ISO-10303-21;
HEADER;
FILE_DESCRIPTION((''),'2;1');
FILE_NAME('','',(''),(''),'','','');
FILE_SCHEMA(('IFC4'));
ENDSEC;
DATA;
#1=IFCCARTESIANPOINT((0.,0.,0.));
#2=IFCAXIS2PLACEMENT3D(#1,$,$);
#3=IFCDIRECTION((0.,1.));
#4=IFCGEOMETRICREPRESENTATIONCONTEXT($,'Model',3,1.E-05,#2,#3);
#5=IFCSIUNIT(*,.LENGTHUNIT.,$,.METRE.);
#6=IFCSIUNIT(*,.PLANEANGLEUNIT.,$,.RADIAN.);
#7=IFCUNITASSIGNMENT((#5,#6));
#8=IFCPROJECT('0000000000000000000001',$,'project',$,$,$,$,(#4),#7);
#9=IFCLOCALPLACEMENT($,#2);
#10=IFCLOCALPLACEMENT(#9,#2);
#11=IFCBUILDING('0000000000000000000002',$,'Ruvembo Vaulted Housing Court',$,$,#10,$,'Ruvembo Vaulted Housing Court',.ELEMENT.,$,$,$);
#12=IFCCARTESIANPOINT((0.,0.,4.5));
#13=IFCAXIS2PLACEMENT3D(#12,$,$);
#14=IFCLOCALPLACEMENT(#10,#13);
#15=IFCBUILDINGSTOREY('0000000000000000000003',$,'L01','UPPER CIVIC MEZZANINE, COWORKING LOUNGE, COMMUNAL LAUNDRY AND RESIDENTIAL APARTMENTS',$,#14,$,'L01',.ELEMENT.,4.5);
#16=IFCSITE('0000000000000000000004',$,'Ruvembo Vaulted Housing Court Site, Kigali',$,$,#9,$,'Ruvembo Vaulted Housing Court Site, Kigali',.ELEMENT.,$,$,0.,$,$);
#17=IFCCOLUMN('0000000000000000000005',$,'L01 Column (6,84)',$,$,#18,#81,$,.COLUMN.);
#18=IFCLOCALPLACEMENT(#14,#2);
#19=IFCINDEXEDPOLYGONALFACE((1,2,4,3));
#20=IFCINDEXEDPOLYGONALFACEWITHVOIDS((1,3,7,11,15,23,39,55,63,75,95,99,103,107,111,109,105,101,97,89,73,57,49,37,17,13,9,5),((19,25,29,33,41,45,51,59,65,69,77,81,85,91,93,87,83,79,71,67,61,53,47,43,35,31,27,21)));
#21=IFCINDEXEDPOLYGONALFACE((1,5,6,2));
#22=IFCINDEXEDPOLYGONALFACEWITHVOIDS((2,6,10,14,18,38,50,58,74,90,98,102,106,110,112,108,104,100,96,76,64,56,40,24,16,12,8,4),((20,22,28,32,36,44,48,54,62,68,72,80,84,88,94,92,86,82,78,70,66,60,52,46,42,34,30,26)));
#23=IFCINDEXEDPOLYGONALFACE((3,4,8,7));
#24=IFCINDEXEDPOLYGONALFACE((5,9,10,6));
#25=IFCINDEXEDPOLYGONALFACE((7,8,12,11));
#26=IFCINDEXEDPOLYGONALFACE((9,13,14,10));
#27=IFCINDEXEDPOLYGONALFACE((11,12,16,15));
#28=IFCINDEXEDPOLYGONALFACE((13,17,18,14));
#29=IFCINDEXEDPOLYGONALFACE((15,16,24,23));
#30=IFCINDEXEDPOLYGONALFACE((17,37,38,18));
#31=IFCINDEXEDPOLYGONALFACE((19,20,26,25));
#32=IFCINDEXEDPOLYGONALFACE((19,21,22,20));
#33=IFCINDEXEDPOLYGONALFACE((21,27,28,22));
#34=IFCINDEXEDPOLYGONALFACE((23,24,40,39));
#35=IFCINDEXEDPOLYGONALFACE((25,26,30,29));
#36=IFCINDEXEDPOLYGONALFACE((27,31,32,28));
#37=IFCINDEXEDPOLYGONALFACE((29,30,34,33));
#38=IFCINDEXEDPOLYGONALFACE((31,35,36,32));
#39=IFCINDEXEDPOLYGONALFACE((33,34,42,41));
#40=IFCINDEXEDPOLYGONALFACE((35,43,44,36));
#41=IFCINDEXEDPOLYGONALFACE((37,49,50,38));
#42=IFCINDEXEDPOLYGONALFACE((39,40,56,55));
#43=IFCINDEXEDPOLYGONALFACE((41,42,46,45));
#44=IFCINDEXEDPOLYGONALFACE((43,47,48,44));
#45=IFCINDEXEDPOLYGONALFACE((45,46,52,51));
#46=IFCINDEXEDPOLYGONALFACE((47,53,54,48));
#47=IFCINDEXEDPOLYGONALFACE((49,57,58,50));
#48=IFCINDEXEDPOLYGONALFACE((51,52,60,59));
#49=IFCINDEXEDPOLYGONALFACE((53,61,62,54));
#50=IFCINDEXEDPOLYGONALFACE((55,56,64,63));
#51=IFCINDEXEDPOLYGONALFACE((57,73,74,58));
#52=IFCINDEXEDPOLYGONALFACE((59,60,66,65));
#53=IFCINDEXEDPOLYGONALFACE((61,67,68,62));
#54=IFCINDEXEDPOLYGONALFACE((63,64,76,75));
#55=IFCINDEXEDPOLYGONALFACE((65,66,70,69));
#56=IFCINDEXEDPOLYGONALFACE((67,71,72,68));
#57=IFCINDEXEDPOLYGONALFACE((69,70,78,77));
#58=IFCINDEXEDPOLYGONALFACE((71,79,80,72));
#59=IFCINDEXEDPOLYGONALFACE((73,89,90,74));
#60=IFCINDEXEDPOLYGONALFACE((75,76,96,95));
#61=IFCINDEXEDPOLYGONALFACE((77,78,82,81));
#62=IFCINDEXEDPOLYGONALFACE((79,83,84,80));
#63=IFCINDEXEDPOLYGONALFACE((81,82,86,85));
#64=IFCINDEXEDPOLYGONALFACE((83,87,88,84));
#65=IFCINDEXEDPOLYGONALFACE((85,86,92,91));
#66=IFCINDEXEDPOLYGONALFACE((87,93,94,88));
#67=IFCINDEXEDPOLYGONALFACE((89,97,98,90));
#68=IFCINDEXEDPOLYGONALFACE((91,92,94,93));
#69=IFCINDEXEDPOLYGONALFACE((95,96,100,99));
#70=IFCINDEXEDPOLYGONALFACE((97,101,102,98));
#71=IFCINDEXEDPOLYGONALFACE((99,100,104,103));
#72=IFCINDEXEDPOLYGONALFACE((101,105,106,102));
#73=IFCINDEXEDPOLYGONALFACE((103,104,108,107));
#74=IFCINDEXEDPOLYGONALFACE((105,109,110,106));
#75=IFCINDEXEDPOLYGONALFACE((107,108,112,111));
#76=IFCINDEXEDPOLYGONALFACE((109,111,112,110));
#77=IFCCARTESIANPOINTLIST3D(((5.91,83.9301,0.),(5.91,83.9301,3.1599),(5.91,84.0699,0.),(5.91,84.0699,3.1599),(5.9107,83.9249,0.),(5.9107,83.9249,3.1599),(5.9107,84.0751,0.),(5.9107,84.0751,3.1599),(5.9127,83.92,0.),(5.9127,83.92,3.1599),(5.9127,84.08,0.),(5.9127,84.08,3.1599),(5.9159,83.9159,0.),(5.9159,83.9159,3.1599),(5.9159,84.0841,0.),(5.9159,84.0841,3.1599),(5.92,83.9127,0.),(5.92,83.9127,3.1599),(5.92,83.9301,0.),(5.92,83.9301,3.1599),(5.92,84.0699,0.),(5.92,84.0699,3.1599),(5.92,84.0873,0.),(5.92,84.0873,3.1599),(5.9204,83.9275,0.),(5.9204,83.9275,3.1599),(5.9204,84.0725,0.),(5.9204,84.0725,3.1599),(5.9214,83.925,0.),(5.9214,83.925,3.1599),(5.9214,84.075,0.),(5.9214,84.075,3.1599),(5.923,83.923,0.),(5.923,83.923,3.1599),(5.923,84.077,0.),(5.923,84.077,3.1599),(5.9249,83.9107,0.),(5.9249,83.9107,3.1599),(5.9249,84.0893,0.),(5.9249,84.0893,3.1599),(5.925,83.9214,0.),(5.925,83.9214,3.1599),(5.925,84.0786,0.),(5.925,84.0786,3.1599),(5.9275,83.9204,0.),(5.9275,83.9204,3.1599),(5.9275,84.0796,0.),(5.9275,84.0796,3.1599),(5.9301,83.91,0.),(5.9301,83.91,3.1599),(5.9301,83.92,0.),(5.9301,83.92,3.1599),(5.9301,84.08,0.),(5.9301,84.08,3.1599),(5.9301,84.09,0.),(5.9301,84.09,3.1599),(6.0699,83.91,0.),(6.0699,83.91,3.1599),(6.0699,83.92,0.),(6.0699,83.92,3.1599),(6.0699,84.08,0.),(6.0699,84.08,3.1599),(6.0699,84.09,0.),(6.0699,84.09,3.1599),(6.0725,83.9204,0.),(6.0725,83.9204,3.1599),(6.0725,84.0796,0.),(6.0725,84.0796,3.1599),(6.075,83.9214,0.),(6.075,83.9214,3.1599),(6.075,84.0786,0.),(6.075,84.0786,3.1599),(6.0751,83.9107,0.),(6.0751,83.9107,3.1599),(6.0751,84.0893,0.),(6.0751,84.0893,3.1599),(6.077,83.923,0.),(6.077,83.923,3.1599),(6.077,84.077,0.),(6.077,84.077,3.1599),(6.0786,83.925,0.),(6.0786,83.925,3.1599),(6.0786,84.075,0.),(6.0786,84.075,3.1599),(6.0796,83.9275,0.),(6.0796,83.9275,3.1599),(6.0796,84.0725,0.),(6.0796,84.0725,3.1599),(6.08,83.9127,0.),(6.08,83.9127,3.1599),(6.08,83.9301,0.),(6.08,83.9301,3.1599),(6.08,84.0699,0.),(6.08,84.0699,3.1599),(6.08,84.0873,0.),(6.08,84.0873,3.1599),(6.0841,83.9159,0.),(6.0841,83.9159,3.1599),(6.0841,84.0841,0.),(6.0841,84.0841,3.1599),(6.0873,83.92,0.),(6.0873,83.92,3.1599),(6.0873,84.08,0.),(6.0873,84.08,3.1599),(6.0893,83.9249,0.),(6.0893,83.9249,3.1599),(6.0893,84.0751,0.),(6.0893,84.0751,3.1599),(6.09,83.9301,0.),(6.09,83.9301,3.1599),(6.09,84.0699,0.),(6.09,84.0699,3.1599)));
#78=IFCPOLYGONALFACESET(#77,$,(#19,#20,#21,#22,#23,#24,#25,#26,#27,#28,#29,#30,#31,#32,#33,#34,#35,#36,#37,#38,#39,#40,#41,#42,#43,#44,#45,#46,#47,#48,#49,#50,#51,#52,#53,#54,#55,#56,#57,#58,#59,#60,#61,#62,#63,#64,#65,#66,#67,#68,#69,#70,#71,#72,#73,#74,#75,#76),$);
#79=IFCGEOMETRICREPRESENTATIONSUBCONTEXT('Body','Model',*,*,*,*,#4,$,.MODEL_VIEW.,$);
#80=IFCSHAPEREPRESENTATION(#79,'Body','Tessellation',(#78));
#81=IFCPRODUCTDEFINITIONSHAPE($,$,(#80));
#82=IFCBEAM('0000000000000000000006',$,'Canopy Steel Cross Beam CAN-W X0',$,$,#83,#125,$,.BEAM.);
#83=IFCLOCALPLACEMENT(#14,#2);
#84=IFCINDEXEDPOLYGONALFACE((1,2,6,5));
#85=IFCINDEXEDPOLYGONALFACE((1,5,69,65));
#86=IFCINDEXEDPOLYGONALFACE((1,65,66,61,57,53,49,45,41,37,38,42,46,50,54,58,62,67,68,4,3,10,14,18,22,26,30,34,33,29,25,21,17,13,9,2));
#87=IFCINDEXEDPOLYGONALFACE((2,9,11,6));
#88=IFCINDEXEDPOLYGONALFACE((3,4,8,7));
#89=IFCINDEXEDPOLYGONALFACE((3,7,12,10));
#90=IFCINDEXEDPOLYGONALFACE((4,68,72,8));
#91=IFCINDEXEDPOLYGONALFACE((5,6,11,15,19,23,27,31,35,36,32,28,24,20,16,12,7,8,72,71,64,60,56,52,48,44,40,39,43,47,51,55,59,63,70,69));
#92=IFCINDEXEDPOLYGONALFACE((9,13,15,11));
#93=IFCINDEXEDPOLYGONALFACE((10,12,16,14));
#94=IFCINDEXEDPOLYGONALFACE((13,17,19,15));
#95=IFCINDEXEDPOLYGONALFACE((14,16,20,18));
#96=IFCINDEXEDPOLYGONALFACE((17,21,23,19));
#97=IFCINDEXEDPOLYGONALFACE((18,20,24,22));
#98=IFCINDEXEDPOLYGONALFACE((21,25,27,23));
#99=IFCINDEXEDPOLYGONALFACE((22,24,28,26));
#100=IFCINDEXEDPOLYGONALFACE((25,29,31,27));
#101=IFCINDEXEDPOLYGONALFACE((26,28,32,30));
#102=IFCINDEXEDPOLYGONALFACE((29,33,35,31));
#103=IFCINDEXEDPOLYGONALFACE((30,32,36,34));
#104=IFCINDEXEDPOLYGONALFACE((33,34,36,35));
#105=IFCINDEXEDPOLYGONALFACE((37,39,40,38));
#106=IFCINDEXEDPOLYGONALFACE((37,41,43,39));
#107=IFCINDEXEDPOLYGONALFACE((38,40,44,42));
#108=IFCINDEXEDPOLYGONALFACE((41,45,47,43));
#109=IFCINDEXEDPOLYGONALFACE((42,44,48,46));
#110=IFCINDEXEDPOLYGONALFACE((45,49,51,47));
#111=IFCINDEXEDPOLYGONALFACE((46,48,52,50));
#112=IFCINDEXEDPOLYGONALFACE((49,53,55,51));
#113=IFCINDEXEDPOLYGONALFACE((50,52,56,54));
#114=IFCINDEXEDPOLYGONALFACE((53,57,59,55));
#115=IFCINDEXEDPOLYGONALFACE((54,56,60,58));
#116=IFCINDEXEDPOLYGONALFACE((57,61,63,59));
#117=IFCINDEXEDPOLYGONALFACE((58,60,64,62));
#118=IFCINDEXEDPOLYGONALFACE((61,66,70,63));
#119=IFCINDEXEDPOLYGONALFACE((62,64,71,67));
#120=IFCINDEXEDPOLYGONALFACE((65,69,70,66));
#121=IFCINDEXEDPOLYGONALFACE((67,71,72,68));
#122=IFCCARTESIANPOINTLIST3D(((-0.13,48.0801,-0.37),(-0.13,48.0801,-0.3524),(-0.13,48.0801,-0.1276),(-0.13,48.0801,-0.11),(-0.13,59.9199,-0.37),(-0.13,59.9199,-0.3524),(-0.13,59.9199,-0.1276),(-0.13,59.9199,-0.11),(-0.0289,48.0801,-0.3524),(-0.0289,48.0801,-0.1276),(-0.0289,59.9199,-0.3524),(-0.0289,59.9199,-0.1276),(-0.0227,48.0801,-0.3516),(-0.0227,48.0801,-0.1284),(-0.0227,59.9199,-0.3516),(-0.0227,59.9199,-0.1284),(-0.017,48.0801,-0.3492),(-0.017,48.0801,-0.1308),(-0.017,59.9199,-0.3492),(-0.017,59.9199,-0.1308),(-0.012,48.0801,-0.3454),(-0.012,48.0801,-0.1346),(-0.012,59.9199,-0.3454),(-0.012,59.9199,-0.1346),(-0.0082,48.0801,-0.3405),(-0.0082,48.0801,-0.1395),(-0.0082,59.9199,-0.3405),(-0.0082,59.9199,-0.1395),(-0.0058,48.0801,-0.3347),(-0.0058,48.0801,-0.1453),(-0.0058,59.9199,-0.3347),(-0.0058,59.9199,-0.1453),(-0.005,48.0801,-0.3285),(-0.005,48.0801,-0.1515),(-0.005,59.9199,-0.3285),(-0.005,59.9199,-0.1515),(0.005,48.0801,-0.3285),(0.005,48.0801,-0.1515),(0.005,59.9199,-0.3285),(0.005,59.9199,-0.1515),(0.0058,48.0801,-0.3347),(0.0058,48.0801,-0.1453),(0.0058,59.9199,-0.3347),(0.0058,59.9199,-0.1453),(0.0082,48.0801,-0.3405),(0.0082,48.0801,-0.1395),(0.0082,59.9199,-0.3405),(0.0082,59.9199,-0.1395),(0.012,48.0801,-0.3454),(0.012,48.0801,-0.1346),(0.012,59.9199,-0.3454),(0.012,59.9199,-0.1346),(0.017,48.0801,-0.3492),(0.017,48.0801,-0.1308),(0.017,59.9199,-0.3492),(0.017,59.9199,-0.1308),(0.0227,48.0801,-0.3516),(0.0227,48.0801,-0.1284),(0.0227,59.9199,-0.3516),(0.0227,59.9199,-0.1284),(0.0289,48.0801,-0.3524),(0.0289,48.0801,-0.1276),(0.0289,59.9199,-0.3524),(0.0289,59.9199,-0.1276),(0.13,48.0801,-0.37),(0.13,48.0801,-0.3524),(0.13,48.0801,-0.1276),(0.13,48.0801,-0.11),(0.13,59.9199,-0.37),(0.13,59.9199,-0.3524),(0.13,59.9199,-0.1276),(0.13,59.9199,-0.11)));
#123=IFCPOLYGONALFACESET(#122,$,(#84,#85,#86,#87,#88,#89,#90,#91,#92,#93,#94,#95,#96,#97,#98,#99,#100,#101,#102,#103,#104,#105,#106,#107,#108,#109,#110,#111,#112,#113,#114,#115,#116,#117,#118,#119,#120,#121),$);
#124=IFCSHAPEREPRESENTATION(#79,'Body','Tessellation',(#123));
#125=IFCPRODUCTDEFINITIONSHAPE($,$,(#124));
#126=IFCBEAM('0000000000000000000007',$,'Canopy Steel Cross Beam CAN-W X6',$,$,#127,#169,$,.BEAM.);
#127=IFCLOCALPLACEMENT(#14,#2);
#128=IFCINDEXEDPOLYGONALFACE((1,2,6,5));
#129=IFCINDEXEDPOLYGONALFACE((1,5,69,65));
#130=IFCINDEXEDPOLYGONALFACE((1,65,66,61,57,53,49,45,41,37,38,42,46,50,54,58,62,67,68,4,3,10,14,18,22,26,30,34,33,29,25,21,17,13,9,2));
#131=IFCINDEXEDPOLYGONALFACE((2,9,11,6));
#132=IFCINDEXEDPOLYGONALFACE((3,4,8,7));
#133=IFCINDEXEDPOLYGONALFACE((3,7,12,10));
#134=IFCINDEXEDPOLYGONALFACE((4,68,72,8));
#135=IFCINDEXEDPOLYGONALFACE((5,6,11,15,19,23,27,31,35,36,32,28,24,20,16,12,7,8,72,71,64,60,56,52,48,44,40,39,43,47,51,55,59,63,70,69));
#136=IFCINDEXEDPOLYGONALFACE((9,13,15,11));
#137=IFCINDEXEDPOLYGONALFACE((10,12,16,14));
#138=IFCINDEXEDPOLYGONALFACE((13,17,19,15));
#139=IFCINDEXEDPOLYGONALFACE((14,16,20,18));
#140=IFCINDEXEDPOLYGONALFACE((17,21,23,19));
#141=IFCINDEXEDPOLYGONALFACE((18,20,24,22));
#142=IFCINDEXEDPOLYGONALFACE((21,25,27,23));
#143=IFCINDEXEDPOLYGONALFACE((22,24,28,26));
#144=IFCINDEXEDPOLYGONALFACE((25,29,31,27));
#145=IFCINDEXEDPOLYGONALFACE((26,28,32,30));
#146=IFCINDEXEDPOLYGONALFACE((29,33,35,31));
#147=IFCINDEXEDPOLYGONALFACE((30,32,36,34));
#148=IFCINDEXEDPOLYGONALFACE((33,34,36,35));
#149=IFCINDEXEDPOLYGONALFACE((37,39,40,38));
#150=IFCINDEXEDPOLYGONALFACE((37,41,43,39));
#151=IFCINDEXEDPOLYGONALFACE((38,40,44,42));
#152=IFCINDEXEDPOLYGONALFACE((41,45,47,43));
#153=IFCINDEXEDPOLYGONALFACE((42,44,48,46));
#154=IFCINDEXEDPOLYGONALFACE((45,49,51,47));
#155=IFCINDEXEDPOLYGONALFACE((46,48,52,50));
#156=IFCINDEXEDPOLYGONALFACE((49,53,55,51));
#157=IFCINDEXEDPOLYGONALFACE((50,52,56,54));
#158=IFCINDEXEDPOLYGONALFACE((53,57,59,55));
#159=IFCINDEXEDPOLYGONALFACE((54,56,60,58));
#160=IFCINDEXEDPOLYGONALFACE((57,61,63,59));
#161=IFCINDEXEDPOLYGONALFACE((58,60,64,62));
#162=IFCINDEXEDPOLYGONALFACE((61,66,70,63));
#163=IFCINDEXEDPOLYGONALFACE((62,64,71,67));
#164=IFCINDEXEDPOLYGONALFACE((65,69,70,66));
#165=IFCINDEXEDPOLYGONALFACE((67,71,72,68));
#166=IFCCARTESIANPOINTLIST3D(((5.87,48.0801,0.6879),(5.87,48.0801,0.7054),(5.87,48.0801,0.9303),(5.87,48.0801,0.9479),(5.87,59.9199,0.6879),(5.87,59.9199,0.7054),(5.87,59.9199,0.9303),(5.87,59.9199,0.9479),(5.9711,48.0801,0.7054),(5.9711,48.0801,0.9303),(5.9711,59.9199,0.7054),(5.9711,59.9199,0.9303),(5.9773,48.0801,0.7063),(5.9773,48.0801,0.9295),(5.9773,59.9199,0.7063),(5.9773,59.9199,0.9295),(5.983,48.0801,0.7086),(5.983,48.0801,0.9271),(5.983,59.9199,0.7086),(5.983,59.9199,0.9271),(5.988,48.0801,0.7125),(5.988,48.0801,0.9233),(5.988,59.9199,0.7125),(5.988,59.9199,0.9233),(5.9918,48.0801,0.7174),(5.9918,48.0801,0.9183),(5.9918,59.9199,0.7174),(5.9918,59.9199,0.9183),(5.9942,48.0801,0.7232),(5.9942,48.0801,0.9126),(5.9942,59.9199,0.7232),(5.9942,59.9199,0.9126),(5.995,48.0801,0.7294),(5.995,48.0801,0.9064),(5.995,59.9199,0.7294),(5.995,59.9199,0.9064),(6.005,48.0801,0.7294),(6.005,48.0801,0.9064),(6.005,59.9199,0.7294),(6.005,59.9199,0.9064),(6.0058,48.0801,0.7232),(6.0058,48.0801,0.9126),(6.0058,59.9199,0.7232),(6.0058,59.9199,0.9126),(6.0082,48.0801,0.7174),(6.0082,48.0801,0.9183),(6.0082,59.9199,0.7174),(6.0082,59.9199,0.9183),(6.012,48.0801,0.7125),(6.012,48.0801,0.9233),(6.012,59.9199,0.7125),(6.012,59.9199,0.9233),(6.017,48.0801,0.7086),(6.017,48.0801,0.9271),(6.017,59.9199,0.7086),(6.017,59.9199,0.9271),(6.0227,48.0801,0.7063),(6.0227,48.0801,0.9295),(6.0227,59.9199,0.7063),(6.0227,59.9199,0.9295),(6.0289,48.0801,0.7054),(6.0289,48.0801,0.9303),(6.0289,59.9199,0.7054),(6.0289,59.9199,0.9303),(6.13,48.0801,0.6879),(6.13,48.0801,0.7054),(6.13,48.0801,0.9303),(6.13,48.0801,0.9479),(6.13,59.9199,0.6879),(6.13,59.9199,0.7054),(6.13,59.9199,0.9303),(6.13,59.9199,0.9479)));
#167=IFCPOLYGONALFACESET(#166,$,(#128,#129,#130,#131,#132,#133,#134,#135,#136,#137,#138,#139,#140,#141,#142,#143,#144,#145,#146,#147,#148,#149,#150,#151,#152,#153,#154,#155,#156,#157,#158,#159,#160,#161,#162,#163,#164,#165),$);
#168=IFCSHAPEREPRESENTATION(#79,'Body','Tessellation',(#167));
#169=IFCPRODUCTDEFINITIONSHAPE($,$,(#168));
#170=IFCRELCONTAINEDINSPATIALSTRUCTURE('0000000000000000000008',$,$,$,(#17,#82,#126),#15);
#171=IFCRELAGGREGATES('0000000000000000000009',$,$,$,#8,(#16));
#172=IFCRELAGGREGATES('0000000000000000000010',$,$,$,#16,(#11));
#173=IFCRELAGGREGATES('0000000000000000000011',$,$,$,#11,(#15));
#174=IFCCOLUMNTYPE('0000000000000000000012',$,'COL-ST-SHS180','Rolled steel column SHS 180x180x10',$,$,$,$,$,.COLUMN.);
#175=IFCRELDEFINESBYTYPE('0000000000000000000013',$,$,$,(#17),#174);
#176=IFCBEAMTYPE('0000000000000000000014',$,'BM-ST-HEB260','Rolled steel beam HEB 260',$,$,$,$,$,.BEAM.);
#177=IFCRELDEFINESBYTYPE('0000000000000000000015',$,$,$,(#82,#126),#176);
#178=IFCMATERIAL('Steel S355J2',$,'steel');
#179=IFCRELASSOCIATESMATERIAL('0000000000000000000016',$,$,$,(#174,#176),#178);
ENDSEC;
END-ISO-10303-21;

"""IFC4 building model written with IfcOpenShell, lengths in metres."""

from ifc_helpers import new_model, si_unit, direction, frame, origin, origin_2d, place, context, subcontext, project, spatial, hollow_rectangle, i_section, extrude, material, material_profile, profile_set, type_object, element, save


model = new_model("IFC4")

# Units and contexts
model_context = context("Model", 3, precision=1e-05, world=origin(), true_north=direction((0.0, 1.0)))
body_context = subcontext(model_context, "Body", "Model", "MODEL_VIEW")
ifc_project = project(units=[si_unit("LENGTHUNIT", "METRE"), si_unit("PLANEANGLEUNIT", "RADIAN")], contexts=[model_context])

# Site, building, storey
site_placement = place(None, origin())
site = spatial("IfcSite", under=ifc_project, at=site_placement, Name="Ruvembo Vaulted Housing Court Site, Kigali", LongName="Ruvembo Vaulted Housing Court Site, Kigali", CompositionType="ELEMENT", RefElevation=0.0)
building_placement = place(site_placement, origin())
building = spatial("IfcBuilding", under=site, at=building_placement, Name="Ruvembo Vaulted Housing Court", LongName="Ruvembo Vaulted Housing Court", CompositionType="ELEMENT")
storey_placement = place(building_placement, frame((0.0, 0.0, 4.5)))
storey = spatial("IfcBuildingStorey", under=building, at=storey_placement, Name="L01", Description="UPPER CIVIC MEZZANINE, COWORKING LOUNGE, COMMUNAL LAUNDRY AND RESIDENTIAL APARTMENTS", LongName="L01", CompositionType="ELEMENT", Elevation=4.5)

# Column
ifc_material_1 = material(Name="Steel S355J2", Category="steel")
ifc_material_profile_1 = material_profile(ifc_material_1, hollow_rectangle(XDim=0.1799, YDim=0.1799, WallThickness=0.01, InnerFilletRadius=0.01, OuterFilletRadius=0.02, at=origin_2d()), Name="SHS 180x180x10")
ifc_profile_set_1 = profile_set([ifc_material_profile_1], Name="Steel S355J2")
column_type = type_object("IfcColumnType", Name="COL-ST-SHS180", Description="Rolled steel column SHS 180x180x10", PredefinedType="COLUMN", material=ifc_profile_set_1)
column_placement = place(storey_placement, frame((6.0, 84.0, 0.0), z_axis=(0.0, 0.0, 1.0), x_axis=(1.0, 0.0, 0.0)))
element("IfcColumn", 1, at=column_placement, inside=storey, type_object=column_type, Name="L01 Column (6,84)", PredefinedType="COLUMN", context=body_context, shape_type="SweptSolid", body=[
    extrude(hollow_rectangle(XDim=0.1799, YDim=0.1799, WallThickness=0.01, InnerFilletRadius=0.01, OuterFilletRadius=0.02, at=origin_2d()), origin(), (0.0, 0.0, 1.0), 3.1599),
])

# Beams
ifc_material_profile_2 = material_profile(ifc_material_1, i_section(OverallWidth=0.26, OverallDepth=0.26, WebThickness=0.01, FlangeThickness=0.0176, FilletRadius=0.0239, at=origin_2d()), Name="HEB 260")
ifc_profile_set_2 = profile_set([ifc_material_profile_2], Name="Steel S355J2")
beam_type_1 = type_object("IfcBeamType", Name="BM-ST-HEB260", Description="Rolled steel beam HEB 260", PredefinedType="BEAM", material=ifc_profile_set_2)
for number, where, z_axis, x_axis, name in (
    (2, (0.0, 48.0801, -0.24), (0.0, 1.0, 0.0), (-1.0, 0.0, 0.0), "Canopy Steel Cross Beam CAN-W X0"),
    (3, (6.0, 48.0801, 0.8179), (0.0, 1.0, 0.0), (-1.0, 0.0, 0.0), "Canopy Steel Cross Beam CAN-W X6"),
):
    element("IfcBeam", number, at=place(storey_placement, frame(where, z_axis=z_axis, x_axis=x_axis)), inside=storey, type_object=beam_type_1, Name=name, PredefinedType="BEAM", context=body_context, shape_type="SweptSolid", body=[
        extrude(i_section(OverallWidth=0.26, OverallDepth=0.26, WebThickness=0.01, FlangeThickness=0.0176, FilletRadius=0.0239, at=origin_2d()), origin(), (0.0, 0.0, 1.0), 11.8398),
    ])

save(model, "model.ifc")
